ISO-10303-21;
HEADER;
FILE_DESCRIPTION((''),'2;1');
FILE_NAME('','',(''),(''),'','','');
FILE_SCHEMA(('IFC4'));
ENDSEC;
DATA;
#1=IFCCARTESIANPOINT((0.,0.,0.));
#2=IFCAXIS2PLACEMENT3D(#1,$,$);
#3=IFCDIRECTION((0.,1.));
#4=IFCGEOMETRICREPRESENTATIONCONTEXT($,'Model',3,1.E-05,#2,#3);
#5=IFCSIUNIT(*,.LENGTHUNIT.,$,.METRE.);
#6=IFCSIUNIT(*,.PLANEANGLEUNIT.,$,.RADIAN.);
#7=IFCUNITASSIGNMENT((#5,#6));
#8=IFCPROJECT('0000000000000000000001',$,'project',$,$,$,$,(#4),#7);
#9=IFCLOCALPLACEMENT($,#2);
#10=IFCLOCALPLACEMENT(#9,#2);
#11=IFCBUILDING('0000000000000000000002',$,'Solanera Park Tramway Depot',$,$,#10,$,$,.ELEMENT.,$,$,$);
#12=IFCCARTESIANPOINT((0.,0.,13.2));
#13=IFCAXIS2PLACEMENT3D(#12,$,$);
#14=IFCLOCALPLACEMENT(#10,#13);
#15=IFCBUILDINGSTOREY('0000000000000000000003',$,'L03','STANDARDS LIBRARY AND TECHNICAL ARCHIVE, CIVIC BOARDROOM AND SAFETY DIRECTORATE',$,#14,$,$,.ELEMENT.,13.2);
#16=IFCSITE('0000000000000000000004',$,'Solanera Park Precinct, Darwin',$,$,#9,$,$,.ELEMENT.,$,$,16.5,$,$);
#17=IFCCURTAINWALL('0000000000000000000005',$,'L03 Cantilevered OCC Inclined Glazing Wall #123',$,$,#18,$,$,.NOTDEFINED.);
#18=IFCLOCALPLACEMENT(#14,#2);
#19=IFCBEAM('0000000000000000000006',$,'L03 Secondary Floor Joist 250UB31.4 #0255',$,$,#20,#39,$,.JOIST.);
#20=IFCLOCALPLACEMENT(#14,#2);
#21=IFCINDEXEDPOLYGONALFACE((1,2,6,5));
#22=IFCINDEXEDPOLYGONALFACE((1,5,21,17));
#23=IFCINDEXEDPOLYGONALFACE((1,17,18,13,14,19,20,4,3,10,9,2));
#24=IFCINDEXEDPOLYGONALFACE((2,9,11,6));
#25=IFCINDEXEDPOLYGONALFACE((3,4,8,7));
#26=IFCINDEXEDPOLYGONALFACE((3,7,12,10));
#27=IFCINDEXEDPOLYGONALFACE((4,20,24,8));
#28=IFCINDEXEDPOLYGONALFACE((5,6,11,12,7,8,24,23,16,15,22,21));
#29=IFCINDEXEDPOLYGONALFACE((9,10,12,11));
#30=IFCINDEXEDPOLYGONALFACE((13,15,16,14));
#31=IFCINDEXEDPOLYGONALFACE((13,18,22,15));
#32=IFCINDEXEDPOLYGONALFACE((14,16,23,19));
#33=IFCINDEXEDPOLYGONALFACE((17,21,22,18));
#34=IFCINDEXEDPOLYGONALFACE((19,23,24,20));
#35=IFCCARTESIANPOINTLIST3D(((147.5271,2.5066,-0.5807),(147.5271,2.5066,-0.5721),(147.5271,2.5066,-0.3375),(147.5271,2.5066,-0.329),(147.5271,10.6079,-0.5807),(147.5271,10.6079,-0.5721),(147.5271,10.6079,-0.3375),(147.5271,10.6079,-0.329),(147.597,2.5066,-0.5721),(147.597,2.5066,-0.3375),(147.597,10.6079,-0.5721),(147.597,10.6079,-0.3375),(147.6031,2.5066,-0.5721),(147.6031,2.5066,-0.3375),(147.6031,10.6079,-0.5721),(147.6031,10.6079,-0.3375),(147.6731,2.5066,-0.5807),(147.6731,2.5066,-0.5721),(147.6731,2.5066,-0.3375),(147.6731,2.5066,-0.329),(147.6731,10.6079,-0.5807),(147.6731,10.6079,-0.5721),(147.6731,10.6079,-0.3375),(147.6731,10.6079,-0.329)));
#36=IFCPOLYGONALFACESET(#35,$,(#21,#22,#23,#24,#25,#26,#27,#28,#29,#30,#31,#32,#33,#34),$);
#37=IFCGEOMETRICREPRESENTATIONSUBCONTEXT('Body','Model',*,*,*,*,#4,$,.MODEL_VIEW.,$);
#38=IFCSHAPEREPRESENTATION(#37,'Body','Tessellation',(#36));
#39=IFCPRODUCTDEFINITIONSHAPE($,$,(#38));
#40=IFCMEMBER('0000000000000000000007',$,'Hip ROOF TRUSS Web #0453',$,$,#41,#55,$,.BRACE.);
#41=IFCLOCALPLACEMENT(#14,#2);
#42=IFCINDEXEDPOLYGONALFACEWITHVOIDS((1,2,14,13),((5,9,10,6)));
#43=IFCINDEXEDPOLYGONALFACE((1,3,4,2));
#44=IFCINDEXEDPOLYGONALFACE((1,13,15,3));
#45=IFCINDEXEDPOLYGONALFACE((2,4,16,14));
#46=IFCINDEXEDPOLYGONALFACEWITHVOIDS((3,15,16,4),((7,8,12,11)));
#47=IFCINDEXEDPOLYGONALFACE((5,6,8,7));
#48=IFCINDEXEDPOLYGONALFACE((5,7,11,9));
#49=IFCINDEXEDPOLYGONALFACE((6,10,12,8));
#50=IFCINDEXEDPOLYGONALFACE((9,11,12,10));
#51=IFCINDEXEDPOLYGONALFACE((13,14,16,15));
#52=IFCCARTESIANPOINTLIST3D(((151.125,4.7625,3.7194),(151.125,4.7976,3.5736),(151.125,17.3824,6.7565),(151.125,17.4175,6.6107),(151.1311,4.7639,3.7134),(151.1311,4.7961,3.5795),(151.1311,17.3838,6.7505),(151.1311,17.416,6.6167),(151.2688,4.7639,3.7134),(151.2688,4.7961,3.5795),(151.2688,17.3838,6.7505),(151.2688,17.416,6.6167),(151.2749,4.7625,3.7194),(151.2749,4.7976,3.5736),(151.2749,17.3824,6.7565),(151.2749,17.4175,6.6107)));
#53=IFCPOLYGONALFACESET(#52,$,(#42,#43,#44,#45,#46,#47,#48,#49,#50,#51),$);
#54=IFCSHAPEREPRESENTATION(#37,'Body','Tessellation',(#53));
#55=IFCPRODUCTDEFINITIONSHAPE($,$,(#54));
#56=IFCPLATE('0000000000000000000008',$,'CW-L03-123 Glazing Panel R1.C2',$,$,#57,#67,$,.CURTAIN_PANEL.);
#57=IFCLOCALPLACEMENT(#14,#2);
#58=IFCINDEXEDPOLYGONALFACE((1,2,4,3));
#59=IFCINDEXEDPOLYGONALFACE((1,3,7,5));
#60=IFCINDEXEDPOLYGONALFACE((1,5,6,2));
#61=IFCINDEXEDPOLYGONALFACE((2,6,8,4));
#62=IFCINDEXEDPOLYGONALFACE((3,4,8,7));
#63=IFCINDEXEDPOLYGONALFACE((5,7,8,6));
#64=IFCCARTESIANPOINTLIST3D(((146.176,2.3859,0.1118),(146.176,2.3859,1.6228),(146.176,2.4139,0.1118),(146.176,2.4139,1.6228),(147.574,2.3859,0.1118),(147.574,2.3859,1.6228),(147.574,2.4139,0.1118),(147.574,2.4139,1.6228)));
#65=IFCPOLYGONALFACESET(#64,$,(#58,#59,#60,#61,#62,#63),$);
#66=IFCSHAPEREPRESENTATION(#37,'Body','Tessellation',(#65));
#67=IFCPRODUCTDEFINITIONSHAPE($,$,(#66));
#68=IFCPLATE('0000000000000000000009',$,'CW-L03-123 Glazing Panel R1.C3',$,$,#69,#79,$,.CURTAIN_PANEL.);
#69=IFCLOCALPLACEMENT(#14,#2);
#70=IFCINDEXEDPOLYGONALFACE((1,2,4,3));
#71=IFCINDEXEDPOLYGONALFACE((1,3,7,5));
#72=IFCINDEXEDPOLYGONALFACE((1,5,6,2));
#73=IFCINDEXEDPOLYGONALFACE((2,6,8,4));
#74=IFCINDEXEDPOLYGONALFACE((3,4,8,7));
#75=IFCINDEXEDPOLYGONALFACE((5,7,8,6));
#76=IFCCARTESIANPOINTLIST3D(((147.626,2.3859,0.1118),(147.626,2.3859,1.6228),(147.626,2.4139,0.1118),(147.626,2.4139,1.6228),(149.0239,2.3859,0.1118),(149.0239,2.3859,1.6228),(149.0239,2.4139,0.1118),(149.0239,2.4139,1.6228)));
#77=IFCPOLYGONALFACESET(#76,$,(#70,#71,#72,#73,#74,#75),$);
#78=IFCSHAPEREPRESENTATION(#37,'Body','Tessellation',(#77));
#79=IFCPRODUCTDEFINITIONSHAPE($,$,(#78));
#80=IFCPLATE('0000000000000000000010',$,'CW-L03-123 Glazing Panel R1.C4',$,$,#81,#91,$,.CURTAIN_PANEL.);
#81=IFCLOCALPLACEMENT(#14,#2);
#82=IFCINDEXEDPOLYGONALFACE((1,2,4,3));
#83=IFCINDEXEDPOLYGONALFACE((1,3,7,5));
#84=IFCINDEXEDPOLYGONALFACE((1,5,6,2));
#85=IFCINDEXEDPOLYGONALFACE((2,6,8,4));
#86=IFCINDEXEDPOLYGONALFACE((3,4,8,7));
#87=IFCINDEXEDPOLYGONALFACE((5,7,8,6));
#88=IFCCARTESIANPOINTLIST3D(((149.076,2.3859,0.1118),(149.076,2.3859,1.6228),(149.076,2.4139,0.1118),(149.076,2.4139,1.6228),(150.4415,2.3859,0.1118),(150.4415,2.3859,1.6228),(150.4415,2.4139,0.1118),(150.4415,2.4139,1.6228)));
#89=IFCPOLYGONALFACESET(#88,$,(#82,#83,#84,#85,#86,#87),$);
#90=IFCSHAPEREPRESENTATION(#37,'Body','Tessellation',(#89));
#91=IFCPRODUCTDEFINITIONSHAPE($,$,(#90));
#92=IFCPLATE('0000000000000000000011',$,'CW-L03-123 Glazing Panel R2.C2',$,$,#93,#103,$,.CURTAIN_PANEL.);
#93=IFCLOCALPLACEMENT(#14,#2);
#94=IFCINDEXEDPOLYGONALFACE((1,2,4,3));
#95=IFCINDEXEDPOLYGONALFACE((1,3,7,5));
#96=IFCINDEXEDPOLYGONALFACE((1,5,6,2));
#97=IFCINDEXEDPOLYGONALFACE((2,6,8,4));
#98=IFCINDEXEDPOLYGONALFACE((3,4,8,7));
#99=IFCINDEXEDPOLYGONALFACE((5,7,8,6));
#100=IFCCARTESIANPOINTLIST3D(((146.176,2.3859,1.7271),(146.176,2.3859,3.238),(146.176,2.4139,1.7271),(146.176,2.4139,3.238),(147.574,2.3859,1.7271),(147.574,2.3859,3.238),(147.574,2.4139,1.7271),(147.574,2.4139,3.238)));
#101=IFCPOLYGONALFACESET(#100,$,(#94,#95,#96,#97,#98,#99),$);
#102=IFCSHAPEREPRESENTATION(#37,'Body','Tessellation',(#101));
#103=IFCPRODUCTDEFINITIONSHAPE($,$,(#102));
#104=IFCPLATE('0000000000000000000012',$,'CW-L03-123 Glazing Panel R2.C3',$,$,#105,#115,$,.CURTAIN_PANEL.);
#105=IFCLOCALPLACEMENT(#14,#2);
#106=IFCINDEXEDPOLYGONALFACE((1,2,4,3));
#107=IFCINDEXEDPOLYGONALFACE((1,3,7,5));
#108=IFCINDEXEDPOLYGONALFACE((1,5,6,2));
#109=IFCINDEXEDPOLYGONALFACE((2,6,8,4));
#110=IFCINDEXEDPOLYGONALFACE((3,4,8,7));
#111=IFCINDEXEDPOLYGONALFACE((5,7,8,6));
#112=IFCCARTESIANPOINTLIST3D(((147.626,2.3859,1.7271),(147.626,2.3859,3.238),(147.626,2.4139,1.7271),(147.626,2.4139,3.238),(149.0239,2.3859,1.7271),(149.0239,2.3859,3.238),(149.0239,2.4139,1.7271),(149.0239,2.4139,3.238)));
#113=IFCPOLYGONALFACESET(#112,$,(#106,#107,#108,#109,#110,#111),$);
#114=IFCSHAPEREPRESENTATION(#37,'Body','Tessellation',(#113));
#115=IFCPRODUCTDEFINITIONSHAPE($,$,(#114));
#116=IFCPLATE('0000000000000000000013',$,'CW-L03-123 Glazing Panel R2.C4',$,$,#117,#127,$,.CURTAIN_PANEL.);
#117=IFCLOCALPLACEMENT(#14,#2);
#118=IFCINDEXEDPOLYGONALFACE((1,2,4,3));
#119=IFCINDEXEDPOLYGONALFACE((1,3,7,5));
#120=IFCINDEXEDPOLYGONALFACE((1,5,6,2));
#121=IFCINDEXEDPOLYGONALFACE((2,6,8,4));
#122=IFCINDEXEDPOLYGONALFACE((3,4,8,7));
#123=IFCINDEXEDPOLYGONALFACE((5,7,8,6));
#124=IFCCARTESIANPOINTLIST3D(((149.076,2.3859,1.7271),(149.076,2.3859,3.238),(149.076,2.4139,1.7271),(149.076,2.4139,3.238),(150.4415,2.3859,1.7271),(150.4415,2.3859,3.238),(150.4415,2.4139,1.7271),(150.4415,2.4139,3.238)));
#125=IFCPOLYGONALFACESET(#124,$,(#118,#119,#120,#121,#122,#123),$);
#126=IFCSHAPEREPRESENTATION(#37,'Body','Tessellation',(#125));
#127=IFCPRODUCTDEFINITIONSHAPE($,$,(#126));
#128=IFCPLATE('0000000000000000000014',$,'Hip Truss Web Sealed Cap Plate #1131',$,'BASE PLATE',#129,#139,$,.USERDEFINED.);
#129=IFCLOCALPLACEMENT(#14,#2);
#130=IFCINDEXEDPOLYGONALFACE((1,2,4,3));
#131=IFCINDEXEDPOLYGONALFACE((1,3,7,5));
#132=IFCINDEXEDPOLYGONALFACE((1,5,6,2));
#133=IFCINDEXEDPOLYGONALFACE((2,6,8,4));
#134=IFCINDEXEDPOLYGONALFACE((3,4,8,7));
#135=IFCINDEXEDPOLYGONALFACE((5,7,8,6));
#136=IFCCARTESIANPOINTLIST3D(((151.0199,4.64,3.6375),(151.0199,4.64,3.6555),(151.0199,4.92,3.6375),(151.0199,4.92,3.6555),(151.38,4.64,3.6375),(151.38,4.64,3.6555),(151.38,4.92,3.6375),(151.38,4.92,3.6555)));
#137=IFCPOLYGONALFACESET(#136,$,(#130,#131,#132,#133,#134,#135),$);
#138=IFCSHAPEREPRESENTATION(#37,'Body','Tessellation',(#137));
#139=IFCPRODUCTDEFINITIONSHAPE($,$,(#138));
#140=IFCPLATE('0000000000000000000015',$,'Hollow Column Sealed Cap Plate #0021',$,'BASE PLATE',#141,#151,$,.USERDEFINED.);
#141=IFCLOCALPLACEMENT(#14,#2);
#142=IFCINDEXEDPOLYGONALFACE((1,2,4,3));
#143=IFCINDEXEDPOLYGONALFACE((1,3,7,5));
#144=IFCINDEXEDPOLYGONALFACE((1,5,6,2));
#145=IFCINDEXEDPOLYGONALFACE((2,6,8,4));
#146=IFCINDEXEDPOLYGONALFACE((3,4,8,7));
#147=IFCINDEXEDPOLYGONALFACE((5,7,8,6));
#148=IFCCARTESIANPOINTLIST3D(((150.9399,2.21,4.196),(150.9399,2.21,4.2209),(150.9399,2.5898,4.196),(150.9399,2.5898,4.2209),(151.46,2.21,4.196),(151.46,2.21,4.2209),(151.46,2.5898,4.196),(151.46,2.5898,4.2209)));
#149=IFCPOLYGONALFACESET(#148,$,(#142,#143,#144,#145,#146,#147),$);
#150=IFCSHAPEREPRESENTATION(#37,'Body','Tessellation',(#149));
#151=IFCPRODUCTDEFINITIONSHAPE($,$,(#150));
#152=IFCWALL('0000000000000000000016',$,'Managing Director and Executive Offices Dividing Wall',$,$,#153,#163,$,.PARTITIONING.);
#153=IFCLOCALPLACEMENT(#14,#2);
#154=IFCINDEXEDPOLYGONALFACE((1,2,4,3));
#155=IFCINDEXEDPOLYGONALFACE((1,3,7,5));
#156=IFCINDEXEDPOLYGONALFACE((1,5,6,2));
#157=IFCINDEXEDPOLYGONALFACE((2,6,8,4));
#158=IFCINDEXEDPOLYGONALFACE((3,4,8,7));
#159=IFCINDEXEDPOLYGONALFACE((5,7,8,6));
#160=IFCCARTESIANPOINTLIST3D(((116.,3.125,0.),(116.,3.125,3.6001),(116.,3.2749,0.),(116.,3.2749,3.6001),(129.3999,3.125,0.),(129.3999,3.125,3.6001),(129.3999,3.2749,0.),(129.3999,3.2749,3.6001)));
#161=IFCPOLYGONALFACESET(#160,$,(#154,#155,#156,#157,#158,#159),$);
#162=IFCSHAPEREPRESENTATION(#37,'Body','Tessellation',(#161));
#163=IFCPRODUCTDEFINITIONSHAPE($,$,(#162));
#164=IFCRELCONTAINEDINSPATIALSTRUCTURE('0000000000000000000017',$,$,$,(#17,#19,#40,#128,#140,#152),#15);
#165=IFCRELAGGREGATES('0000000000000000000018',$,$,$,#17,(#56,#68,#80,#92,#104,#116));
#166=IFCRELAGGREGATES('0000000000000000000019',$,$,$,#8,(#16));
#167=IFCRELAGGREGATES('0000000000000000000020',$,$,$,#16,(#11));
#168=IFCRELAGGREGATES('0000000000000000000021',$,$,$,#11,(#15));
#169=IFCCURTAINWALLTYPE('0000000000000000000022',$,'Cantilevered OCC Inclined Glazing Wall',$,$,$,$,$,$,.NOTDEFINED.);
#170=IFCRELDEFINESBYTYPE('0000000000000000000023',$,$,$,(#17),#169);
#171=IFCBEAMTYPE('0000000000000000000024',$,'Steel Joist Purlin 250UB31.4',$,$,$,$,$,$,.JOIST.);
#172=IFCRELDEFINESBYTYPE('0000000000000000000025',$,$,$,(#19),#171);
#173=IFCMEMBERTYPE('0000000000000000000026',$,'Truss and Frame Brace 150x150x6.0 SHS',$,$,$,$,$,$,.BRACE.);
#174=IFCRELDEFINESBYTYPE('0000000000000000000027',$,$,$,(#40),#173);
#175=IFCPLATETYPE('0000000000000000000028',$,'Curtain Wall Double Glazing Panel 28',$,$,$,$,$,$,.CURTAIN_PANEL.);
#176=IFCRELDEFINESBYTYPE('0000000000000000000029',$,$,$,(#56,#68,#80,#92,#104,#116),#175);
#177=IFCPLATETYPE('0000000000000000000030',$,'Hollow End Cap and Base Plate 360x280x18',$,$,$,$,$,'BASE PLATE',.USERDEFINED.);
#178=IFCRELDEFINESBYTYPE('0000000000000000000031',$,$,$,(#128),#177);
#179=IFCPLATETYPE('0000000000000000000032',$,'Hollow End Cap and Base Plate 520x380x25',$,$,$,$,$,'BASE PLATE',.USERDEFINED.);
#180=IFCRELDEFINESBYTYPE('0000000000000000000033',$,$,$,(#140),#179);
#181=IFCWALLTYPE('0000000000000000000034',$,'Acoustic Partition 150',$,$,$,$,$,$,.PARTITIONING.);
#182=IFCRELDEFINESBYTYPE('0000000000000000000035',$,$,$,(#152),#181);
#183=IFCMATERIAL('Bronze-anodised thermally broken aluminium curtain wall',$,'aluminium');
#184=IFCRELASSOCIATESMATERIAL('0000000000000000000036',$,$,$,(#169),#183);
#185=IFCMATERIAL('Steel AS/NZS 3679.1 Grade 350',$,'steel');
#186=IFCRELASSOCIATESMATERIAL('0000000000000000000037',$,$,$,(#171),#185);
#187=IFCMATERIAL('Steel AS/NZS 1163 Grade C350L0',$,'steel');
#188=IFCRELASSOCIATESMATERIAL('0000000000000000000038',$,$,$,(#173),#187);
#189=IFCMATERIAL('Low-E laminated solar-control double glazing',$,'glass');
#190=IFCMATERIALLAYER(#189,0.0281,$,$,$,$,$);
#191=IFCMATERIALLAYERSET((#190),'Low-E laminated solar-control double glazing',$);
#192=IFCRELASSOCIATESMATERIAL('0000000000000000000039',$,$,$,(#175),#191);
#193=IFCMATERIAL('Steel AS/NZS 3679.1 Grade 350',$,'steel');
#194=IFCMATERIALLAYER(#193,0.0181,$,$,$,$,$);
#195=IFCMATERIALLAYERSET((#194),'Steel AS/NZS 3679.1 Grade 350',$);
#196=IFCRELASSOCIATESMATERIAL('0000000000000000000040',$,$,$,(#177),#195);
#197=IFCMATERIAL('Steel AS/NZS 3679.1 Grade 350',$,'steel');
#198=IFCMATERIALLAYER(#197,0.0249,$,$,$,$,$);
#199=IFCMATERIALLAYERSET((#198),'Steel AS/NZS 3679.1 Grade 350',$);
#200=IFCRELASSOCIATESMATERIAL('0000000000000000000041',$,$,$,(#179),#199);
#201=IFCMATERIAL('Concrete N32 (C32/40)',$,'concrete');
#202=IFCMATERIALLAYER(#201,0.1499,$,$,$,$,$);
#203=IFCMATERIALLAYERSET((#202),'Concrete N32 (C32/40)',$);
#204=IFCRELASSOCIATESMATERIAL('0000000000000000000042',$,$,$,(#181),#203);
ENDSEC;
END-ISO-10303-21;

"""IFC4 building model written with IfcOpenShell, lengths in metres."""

from ifc_helpers import new_model, si_unit, direction, frame, frame_2d, origin, origin_2d, place, context, subcontext, project, spatial, rectangle, hollow_rectangle, i_section, extrude, material, layer, layer_set, material_profile, profile_set, type_object, element, aggregate, save


model = new_model("IFC4")

# Units and contexts
model_context = context("Model", 3, precision=1e-05, world=origin(), true_north=direction((0.0, 1.0)))
body_context = subcontext(model_context, "Body", "Model", "MODEL_VIEW")
ifc_project = project(units=[si_unit("LENGTHUNIT", "METRE"), si_unit("PLANEANGLEUNIT", "RADIAN")], contexts=[model_context])

# Site, building, storey
site_placement = place(None, origin())
site = spatial("IfcSite", under=ifc_project, at=site_placement, Name="Solanera Park Precinct, Darwin", CompositionType="ELEMENT", RefElevation=16.5)
building_placement = place(site_placement, origin())
building = spatial("IfcBuilding", under=site, at=building_placement, Name="Solanera Park Tramway Depot", CompositionType="ELEMENT")
storey_placement = place(building_placement, frame((0.0, 0.0, 13.2)))
storey = spatial("IfcBuildingStorey", under=building, at=storey_placement, Name="L03", Description="STANDARDS LIBRARY AND TECHNICAL ARCHIVE, CIVIC BOARDROOM AND SAFETY DIRECTORATE", CompositionType="ELEMENT", Elevation=13.2)

# Curtain wall
ifc_material_1 = material(Name="Bronze-anodised thermally broken aluminium curtain wall", Category="aluminium")
curtain_wall_type = type_object("IfcCurtainWallType", Name="Cantilevered OCC Inclined Glazing Wall", PredefinedType="NOTDEFINED", material=ifc_material_1)
curtain_wall_placement = place(storey_placement, origin())
curtain_wall = element("IfcCurtainWall", 1, at=curtain_wall_placement, inside=storey, type_object=curtain_wall_type, Name="L03 Cantilevered OCC Inclined Glazing Wall #123", PredefinedType="NOTDEFINED")

# Beam
ifc_material_2 = material(Name="Steel AS/NZS 3679.1 Grade 350", Category="steel")
ifc_material_profile_1 = material_profile(ifc_material_2, i_section(OverallWidth=0.146, OverallDepth=0.2517, WebThickness=0.0061, FlangeThickness=0.0085, at=origin_2d()), Name="250UB31.4")
ifc_profile_set_1 = profile_set([ifc_material_profile_1], Name="Steel AS/NZS 3679.1 Grade 350")
beam_type_1 = type_object("IfcBeamType", Name="Steel Joist Purlin 250UB31.4", PredefinedType="JOIST", material=ifc_profile_set_1)
for number, where, z_axis, x_axis, name in (
    (2, (147.6001, 2.5066, -0.4548), (0.0, 1.0, 0.0), (-1.0, 0.0, 0.0), "L03 Secondary Floor Joist 250UB31.4 #0255"),
):
    element("IfcBeam", number, at=place(storey_placement, frame(where, z_axis=z_axis, x_axis=x_axis)), inside=storey, type_object=beam_type_1, Name=name, PredefinedType="JOIST", context=body_context, shape_type="SweptSolid", body=[
        extrude(i_section(OverallWidth=0.146, OverallDepth=0.2517, WebThickness=0.0061, FlangeThickness=0.0085, at=origin_2d()), origin(), (0.0, 0.0, 1.0), 8.1013),
    ])

# Member
ifc_material_3 = material(Name="Steel AS/NZS 1163 Grade C350L0", Category="steel")
ifc_material_profile_2 = material_profile(ifc_material_3, hollow_rectangle(XDim=0.1499, YDim=0.1499, WallThickness=0.0061, at=origin_2d()), Name="150x150x6.0 SHS")
ifc_profile_set_2 = profile_set([ifc_material_profile_2], Name="Steel AS/NZS 1163 Grade C350L0")
member_type_1 = type_object("IfcMemberType", Name="Truss and Frame Brace 150x150x6.0 SHS", PredefinedType="BRACE", material=ifc_profile_set_2)
member_1_placement = place(storey_placement, frame((151.2, 4.78, 3.6465), z_axis=(0.0, 0.972241, 0.23398), x_axis=(-1.0, 0.0, 0.0)))
element("IfcMember", 3, at=member_1_placement, inside=storey, type_object=member_type_1, Name="Hip ROOF TRUSS Web #0453", PredefinedType="BRACE", context=body_context, shape_type="SweptSolid", body=[
    extrude(hollow_rectangle(XDim=0.1499, YDim=0.1499, WallThickness=0.0061, at=origin_2d()), origin(), (0.0, 0.0, 1.0), 12.9802),
])

# Plates
ifc_material_4 = material(Name="Low-E laminated solar-control double glazing", Category="glass")
ifc_layer_1 = layer(ifc_material_4, 0.0281)
ifc_layer_set_1 = layer_set([ifc_layer_1], Name="Low-E laminated solar-control double glazing")
plate_type_1 = type_object("IfcPlateType", Name="Curtain Wall Double Glazing Panel 28", PredefinedType="CURTAIN_PANEL", material=ifc_layer_set_1)
plate_1_placement = place(storey_placement, frame((146.875, 2.3999, 0.1118), z_axis=(0.0, 0.0, 1.0), x_axis=(1.0, 0.0, 0.0)))
plate_1 = element("IfcPlate", 4, at=plate_1_placement, type_object=plate_type_1, Name="CW-L03-123 Glazing Panel R1.C2", PredefinedType="CURTAIN_PANEL", context=body_context, shape_type="SweptSolid", body=[
    extrude(rectangle(XDim=1.3979, YDim=0.0281, at=origin_2d()), origin(), (0.0, 0.0, 1.0), 1.511),
])
plate_2_placement = place(storey_placement, frame((148.325, 2.3999, 0.1118), z_axis=(0.0, 0.0, 1.0), x_axis=(1.0, 0.0, 0.0)))
plate_2 = element("IfcPlate", 5, at=plate_2_placement, type_object=plate_type_1, Name="CW-L03-123 Glazing Panel R1.C3", PredefinedType="CURTAIN_PANEL", context=body_context, shape_type="SweptSolid", body=[
    extrude(rectangle(XDim=1.3979, YDim=0.0281, at=origin_2d()), origin(), (0.0, 0.0, 1.0), 1.511),
])
plate_3_placement = place(storey_placement, frame((149.7588, 2.3999, 0.1118), z_axis=(0.0, 0.0, 1.0), x_axis=(1.0, 0.0, 0.0)))
plate_3 = element("IfcPlate", 6, at=plate_3_placement, type_object=plate_type_1, Name="CW-L03-123 Glazing Panel R1.C4", PredefinedType="CURTAIN_PANEL", context=body_context, shape_type="SweptSolid", body=[
    extrude(rectangle(XDim=1.3655, YDim=0.0281, at=origin_2d()), origin(), (0.0, 0.0, 1.0), 1.511),
])
plate_4_placement = place(storey_placement, frame((146.875, 2.3999, 1.7271), z_axis=(0.0, 0.0, 1.0), x_axis=(1.0, 0.0, 0.0)))
plate_4 = element("IfcPlate", 7, at=plate_4_placement, type_object=plate_type_1, Name="CW-L03-123 Glazing Panel R2.C2", PredefinedType="CURTAIN_PANEL", context=body_context, shape_type="SweptSolid", body=[
    extrude(rectangle(XDim=1.3979, YDim=0.0281, at=origin_2d()), origin(), (0.0, 0.0, 1.0), 1.511),
])
plate_5_placement = place(storey_placement, frame((148.325, 2.3999, 1.7271), z_axis=(0.0, 0.0, 1.0), x_axis=(1.0, 0.0, 0.0)))
plate_5 = element("IfcPlate", 8, at=plate_5_placement, type_object=plate_type_1, Name="CW-L03-123 Glazing Panel R2.C3", PredefinedType="CURTAIN_PANEL", context=body_context, shape_type="SweptSolid", body=[
    extrude(rectangle(XDim=1.3979, YDim=0.0281, at=origin_2d()), origin(), (0.0, 0.0, 1.0), 1.511),
])
plate_6_placement = place(storey_placement, frame((149.7588, 2.3999, 1.7271), z_axis=(0.0, 0.0, 1.0), x_axis=(1.0, 0.0, 0.0)))
plate_6 = element("IfcPlate", 9, at=plate_6_placement, type_object=plate_type_1, Name="CW-L03-123 Glazing Panel R2.C4", PredefinedType="CURTAIN_PANEL", context=body_context, shape_type="SweptSolid", body=[
    extrude(rectangle(XDim=1.3655, YDim=0.0281, at=origin_2d()), origin(), (0.0, 0.0, 1.0), 1.511),
])
aggregate(curtain_wall, [plate_1, plate_2, plate_3, plate_4, plate_5, plate_6])

# Plates
ifc_material_5 = material(Name="Steel AS/NZS 3679.1 Grade 350", Category="steel")
ifc_layer_2 = layer(ifc_material_5, 0.0181)
ifc_layer_set_2 = layer_set([ifc_layer_2], Name="Steel AS/NZS 3679.1 Grade 350")
plate_type_2 = type_object("IfcPlateType", Name="Hollow End Cap and Base Plate 360x280x18", ElementType="BASE PLATE", PredefinedType="USERDEFINED", material=ifc_layer_set_2)
plate_7_placement = place(storey_placement, frame((151.2, 4.78, 3.6375), z_axis=(0.0, 0.0, 1.0), x_axis=(1.0, 0.0, 0.0)))
element("IfcPlate", 10, at=plate_7_placement, inside=storey, type_object=plate_type_2, Name="Hip Truss Web Sealed Cap Plate #1131", ObjectType="BASE PLATE", PredefinedType="USERDEFINED", context=body_context, shape_type="SweptSolid", body=[
    extrude(rectangle(XDim=0.3601, YDim=0.28, at=origin_2d()), origin(), (0.0, 0.0, 1.0), 0.0181),
])
ifc_material_6 = material(Name="Steel AS/NZS 3679.1 Grade 350", Category="steel")
ifc_layer_3 = layer(ifc_material_6, 0.0249)
ifc_layer_set_3 = layer_set([ifc_layer_3], Name="Steel AS/NZS 3679.1 Grade 350")
plate_type_3 = type_object("IfcPlateType", Name="Hollow End Cap and Base Plate 520x380x25", ElementType="BASE PLATE", PredefinedType="USERDEFINED", material=ifc_layer_set_3)
plate_8_placement = place(storey_placement, frame((151.2, 2.3999, 4.196), z_axis=(0.0, 0.0, 1.0), x_axis=(1.0, 0.0, 0.0)))
element("IfcPlate", 11, at=plate_8_placement, inside=storey, type_object=plate_type_3, Name="Hollow Column Sealed Cap Plate #0021", ObjectType="BASE PLATE", PredefinedType="USERDEFINED", context=body_context, shape_type="SweptSolid", body=[
    extrude(rectangle(XDim=0.52, YDim=0.3799, at=origin_2d()), origin(), (0.0, 0.0, 1.0), 0.0249),
])

# Wall
ifc_material_7 = material(Name="Concrete N32 (C32/40)", Category="concrete")
ifc_layer_4 = layer(ifc_material_7, 0.1499)
ifc_layer_set_4 = layer_set([ifc_layer_4], Name="Concrete N32 (C32/40)")
wall_type = type_object("IfcWallType", Name="Acoustic Partition 150", PredefinedType="PARTITIONING", material=ifc_layer_set_4)
wall_placement = place(storey_placement, frame((129.3999, 3.2, 0.0), z_axis=(0.0, 0.0, 1.0), x_axis=(-1.0, 0.0, 0.0)))
element("IfcWall", 12, at=wall_placement, inside=storey, type_object=wall_type, Name="Managing Director and Executive Offices Dividing Wall", PredefinedType="PARTITIONING", context=body_context, shape_type="SweptSolid", body=[
    extrude(rectangle(XDim=13.3999, YDim=0.1499, at=frame_2d((6.7, 0.0))), origin(), (0.0, 0.0, 1.0), 3.6001),
])

save(model, "model.ifc")
